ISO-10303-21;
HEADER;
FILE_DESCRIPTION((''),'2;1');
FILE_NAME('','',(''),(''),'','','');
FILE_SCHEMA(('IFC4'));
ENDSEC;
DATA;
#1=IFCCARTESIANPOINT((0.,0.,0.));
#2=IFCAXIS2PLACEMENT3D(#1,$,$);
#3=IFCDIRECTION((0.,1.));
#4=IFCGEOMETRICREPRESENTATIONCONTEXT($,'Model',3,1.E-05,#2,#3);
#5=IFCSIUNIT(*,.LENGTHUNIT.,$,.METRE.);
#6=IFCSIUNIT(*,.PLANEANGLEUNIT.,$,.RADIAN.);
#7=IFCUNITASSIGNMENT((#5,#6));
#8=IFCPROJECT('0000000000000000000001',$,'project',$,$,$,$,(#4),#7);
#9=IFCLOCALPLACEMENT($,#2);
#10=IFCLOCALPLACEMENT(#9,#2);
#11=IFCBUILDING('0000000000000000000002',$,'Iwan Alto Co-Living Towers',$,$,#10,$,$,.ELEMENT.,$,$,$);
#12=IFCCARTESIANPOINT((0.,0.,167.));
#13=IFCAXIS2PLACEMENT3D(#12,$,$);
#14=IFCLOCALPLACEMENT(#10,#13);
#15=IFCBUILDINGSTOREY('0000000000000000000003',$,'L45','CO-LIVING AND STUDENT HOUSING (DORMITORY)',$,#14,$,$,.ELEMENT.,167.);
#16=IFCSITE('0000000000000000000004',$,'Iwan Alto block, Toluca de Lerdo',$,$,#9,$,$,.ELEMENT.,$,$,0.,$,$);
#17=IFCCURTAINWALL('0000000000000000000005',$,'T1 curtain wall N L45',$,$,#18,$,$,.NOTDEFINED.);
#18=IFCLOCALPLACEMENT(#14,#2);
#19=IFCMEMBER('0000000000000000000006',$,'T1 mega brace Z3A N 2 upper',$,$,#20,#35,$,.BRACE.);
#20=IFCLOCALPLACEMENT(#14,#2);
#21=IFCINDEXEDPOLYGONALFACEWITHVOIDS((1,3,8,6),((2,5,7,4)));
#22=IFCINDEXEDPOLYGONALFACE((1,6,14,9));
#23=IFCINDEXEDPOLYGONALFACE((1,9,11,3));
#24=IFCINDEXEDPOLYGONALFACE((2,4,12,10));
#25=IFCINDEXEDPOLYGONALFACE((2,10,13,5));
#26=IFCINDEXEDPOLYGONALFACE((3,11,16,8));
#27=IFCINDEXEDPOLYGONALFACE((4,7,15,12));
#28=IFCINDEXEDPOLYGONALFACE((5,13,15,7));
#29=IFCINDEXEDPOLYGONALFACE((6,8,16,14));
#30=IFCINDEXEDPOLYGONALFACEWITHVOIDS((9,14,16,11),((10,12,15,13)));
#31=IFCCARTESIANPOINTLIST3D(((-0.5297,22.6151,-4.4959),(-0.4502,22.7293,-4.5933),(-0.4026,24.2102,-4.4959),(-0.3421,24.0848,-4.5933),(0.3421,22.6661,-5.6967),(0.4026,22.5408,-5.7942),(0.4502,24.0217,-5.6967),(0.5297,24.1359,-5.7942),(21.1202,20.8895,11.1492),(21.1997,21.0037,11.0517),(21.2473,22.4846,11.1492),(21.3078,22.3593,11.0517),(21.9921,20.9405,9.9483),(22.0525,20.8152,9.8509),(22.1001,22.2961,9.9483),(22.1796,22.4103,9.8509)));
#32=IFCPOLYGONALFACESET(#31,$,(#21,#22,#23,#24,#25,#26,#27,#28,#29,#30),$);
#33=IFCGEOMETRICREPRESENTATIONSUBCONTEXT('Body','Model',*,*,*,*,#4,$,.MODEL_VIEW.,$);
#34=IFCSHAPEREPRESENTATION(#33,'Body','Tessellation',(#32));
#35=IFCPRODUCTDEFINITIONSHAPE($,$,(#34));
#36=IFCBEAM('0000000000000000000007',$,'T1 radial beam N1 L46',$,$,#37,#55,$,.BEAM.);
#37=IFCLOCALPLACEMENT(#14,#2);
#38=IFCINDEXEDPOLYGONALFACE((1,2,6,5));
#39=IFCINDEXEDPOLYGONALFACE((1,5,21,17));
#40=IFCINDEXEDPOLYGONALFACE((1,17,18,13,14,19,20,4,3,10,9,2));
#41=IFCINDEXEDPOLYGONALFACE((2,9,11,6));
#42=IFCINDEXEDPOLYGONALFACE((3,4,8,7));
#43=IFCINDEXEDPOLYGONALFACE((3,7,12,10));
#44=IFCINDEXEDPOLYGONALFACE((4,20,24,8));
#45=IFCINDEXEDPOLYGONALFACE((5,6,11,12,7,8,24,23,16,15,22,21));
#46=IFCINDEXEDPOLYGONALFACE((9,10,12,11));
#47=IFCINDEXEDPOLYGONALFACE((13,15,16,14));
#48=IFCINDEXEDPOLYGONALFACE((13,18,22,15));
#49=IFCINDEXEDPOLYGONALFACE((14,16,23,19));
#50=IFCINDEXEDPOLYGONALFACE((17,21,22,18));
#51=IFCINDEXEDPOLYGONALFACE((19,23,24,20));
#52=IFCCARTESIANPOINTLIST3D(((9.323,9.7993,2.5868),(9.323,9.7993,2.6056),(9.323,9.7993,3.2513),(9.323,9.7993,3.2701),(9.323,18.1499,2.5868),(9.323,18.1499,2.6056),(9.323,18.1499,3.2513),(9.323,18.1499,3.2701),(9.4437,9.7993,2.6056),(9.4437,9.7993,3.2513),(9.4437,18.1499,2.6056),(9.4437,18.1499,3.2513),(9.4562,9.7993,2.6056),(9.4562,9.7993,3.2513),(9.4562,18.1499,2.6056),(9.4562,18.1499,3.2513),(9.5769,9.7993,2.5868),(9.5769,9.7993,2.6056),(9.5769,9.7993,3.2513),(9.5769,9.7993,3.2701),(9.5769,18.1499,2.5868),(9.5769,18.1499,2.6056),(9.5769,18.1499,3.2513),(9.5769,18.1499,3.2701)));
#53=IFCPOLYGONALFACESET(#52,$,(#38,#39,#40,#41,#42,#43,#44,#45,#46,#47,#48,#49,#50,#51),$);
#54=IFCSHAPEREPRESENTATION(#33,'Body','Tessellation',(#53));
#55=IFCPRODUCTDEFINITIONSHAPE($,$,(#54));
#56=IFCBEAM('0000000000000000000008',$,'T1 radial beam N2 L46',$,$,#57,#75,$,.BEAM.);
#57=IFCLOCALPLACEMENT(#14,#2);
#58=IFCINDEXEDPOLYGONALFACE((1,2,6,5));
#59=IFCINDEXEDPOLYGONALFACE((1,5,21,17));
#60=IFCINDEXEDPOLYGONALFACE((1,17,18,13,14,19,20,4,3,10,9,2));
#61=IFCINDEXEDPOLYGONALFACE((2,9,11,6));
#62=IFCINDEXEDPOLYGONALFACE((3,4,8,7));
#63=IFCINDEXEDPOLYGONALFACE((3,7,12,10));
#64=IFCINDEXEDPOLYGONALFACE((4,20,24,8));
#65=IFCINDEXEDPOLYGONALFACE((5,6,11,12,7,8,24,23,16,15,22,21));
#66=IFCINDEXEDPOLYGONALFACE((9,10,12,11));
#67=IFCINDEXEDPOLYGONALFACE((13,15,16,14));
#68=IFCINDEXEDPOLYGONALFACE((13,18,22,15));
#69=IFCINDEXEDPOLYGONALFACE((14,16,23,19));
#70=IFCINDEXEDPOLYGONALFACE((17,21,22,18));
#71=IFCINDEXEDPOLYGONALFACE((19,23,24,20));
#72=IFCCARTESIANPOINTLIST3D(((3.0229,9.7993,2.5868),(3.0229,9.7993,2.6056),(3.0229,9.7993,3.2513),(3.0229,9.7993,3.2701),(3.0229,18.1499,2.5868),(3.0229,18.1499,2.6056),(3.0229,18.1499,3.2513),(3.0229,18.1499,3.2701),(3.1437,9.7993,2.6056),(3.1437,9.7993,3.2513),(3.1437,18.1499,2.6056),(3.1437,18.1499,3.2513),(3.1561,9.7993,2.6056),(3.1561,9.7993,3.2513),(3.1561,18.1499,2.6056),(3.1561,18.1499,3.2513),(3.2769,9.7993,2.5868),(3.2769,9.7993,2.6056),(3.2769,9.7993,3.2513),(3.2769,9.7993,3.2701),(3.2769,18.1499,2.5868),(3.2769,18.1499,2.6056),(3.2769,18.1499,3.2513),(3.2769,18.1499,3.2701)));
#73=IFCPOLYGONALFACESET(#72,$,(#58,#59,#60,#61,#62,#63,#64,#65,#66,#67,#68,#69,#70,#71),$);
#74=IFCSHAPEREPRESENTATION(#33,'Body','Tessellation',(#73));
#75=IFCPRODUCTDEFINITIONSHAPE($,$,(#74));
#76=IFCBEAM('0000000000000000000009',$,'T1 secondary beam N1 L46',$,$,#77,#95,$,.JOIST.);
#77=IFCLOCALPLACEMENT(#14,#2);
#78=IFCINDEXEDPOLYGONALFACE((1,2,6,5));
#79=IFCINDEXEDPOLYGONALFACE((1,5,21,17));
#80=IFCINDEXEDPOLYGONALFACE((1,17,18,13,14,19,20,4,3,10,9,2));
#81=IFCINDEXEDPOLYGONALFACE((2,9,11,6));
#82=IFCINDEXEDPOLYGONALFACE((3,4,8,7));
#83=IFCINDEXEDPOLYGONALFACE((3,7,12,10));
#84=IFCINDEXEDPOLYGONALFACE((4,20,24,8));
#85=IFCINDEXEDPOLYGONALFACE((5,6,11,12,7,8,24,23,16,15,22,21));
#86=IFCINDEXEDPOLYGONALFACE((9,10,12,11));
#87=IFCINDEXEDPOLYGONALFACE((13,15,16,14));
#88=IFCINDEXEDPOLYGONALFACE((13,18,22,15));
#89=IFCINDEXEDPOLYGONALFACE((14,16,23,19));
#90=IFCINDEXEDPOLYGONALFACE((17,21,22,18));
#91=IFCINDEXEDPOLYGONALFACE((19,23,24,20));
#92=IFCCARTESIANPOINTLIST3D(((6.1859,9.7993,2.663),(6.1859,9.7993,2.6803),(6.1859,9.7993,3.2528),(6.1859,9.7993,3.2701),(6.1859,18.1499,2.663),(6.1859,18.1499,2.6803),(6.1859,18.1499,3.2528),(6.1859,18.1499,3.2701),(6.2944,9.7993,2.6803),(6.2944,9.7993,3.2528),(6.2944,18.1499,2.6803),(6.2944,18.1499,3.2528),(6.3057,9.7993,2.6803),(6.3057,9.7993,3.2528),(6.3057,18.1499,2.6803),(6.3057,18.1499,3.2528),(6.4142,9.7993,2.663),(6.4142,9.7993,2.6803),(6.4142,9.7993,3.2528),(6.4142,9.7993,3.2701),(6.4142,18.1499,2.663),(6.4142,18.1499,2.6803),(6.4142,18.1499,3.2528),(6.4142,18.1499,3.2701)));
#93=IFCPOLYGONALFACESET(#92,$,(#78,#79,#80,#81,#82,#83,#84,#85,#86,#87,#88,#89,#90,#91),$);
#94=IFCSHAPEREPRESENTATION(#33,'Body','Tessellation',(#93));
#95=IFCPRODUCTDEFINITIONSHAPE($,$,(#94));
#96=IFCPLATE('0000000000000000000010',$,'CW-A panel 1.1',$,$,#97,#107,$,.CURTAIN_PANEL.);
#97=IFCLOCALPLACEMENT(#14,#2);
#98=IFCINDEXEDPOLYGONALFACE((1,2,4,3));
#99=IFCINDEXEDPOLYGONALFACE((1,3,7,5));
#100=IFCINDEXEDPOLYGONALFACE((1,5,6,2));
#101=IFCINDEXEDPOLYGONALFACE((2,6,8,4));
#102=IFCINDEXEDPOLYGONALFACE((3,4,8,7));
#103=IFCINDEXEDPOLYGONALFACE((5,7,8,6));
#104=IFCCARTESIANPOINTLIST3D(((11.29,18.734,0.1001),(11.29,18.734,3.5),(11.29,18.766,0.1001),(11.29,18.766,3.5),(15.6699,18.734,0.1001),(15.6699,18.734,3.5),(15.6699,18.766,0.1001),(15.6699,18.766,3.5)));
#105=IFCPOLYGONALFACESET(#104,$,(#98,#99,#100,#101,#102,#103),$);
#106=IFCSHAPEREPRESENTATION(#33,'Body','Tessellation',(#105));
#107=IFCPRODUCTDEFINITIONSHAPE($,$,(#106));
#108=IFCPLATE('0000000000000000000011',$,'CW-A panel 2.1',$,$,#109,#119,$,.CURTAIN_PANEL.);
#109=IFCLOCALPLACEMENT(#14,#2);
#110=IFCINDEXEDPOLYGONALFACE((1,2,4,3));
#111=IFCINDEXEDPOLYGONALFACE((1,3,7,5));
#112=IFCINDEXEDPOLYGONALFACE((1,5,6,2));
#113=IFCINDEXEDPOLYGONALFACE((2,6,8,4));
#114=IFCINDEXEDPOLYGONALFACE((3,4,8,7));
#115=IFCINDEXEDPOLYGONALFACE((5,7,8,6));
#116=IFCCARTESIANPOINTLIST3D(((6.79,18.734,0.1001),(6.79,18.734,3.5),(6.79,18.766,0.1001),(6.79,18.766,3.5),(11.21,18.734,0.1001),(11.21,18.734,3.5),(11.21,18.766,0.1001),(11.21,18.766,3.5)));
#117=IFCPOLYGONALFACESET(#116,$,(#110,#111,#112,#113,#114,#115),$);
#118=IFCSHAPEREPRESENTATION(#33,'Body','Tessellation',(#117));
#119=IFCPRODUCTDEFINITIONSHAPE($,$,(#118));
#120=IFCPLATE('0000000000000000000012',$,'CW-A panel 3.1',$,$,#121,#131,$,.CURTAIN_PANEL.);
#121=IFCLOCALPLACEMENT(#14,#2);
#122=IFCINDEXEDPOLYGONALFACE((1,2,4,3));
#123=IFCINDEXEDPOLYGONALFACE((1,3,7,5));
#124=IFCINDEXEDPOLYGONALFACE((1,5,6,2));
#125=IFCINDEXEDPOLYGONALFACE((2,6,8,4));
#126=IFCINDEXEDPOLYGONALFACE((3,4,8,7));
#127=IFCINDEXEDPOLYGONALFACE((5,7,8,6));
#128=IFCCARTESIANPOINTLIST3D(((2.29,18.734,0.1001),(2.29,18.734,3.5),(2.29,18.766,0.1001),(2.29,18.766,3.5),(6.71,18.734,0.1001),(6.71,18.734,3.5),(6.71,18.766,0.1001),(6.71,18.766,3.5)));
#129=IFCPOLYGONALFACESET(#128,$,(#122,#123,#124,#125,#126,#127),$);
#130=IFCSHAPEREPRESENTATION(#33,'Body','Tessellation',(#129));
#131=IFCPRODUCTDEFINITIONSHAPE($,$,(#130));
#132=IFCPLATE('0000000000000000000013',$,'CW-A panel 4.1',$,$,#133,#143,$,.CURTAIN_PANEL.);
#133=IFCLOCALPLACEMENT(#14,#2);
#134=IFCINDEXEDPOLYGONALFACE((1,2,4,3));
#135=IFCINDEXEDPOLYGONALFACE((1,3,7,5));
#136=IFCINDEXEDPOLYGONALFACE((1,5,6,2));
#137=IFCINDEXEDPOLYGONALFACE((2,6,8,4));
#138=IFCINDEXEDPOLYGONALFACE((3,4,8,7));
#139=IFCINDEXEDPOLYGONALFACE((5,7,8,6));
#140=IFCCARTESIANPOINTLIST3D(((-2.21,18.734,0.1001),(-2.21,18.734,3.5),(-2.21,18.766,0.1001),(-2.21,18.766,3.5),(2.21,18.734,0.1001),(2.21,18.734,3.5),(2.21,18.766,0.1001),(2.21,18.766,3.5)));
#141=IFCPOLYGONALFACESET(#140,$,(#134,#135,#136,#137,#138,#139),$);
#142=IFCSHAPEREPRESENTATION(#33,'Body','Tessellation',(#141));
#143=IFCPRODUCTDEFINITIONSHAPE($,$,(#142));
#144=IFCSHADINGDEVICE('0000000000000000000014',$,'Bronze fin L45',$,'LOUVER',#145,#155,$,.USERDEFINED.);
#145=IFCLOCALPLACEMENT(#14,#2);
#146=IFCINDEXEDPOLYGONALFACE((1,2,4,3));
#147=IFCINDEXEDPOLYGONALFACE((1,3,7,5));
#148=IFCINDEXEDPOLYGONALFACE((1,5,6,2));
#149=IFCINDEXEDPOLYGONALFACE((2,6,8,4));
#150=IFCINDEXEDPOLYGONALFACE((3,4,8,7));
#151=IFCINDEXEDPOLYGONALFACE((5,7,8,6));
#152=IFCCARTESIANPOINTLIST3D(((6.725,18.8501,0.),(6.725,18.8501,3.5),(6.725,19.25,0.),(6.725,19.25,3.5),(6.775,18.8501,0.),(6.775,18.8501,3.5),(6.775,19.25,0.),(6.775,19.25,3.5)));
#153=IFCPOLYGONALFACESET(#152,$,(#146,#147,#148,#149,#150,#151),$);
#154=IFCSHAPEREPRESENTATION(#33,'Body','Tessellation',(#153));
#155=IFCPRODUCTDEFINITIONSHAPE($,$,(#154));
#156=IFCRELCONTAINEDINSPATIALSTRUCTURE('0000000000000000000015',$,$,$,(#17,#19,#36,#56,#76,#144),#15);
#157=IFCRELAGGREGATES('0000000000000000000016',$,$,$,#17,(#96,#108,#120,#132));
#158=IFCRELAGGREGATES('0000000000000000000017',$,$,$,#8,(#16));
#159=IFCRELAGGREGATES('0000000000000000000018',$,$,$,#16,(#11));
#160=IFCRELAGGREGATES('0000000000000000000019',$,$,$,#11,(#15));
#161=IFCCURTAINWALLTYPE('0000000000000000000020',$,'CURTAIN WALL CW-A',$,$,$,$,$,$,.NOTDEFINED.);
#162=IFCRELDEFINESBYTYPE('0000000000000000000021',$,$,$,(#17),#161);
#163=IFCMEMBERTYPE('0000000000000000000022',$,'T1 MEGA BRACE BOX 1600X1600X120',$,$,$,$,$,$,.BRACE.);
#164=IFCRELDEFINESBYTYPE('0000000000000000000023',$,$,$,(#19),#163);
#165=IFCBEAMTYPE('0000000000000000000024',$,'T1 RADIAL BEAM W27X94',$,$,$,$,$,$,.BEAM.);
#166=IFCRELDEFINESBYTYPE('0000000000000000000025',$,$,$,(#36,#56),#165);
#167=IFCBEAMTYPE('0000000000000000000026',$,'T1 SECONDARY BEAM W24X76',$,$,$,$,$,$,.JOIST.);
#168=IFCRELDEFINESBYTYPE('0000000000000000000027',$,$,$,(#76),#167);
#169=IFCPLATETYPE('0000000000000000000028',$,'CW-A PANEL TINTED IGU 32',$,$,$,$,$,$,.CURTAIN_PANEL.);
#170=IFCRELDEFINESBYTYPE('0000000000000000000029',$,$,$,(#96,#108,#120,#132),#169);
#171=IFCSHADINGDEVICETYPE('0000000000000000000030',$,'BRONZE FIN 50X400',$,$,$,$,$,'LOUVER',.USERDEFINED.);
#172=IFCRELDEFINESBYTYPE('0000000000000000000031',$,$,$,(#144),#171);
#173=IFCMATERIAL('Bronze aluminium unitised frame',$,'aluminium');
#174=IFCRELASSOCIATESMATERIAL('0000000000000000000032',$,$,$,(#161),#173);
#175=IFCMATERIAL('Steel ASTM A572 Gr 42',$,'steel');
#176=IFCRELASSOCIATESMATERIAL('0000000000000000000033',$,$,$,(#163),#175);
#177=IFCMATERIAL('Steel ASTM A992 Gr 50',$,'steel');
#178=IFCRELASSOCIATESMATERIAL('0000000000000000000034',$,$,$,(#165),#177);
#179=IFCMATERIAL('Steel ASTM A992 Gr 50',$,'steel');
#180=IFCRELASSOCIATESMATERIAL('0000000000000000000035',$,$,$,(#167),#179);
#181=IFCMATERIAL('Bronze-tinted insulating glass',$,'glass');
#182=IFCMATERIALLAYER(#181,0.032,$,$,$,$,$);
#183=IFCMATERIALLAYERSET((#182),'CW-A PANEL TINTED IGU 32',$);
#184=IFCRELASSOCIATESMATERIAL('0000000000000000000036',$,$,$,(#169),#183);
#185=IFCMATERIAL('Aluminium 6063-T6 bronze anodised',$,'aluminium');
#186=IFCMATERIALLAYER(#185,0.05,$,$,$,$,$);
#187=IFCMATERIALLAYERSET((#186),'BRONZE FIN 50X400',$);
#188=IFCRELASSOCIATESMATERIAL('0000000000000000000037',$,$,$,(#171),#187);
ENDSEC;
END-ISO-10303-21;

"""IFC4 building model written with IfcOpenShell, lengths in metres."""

from ifc_helpers import new_model, si_unit, direction, frame, origin, origin_2d, place, context, subcontext, project, spatial, rectangle, hollow_rectangle, i_section, extrude, material, layer, layer_set, material_profile, profile_set, type_object, element, aggregate, save


model = new_model("IFC4")

# Units and contexts
model_context = context("Model", 3, precision=1e-05, world=origin(), true_north=direction((0.0, 1.0)))
body_context = subcontext(model_context, "Body", "Model", "MODEL_VIEW")
ifc_project = project(units=[si_unit("LENGTHUNIT", "METRE"), si_unit("PLANEANGLEUNIT", "RADIAN")], contexts=[model_context])

# Site, building, storey
site_placement = place(None, origin())
site = spatial("IfcSite", under=ifc_project, at=site_placement, Name="Iwan Alto block, Toluca de Lerdo", CompositionType="ELEMENT", RefElevation=0.0)
building_placement = place(site_placement, origin())
building = spatial("IfcBuilding", under=site, at=building_placement, Name="Iwan Alto Co-Living Towers", CompositionType="ELEMENT")
storey_placement = place(building_placement, frame((0.0, 0.0, 167.0)))
storey = spatial("IfcBuildingStorey", under=building, at=storey_placement, Name="L45", Description="CO-LIVING AND STUDENT HOUSING (DORMITORY)", CompositionType="ELEMENT", Elevation=167.0)

# Curtain wall
ifc_material_1 = material(Name="Bronze aluminium unitised frame", Category="aluminium")
curtain_wall_type = type_object("IfcCurtainWallType", Name="CURTAIN WALL CW-A", PredefinedType="NOTDEFINED", material=ifc_material_1)
curtain_wall_placement = place(storey_placement, origin())
curtain_wall = element("IfcCurtainWall", 1, at=curtain_wall_placement, inside=storey, type_object=curtain_wall_type, Name="T1 curtain wall N L45", PredefinedType="NOTDEFINED")

# Member
ifc_material_2 = material(Name="Steel ASTM A572 Gr 42", Category="steel")
ifc_material_profile_1 = material_profile(ifc_material_2, hollow_rectangle(XDim=1.6001, YDim=1.6001, WallThickness=0.1201, at=origin_2d()), Name="BOX 1600X1600X120")
ifc_profile_set_1 = profile_set([ifc_material_profile_1], Name="Steel ASTM A572 Gr 42")
member_type_1 = type_object("IfcMemberType", Name="T1 MEGA BRACE BOX 1600X1600X120", PredefinedType="BRACE", material=ifc_profile_set_1)
for number, where, z_axis, x_axis, name in (
    (2, (0.0, 23.3755, -5.145), (0.808834, -0.064467, 0.584493), (0.079452, 0.996839, 0.0), "T1 mega brace Z3A N 2 upper"),
):
    element("IfcMember", number, at=place(storey_placement, frame(where, z_axis=z_axis, x_axis=x_axis)), inside=storey, type_object=member_type_1, Name=name, PredefinedType="BRACE", context=body_context, shape_type="SweptSolid", body=[
        extrude(hollow_rectangle(XDim=1.6001, YDim=1.6001, WallThickness=0.1201, at=origin_2d()), origin(), (0.0, 0.0, 1.0), 26.7668),
    ])

# Beams
ifc_material_3 = material(Name="Steel ASTM A992 Gr 50", Category="steel")
ifc_material_profile_2 = material_profile(ifc_material_3, i_section(OverallWidth=0.2539, OverallDepth=0.6833, WebThickness=0.0125, FlangeThickness=0.0188, at=origin_2d()), Name="W27X94")
ifc_profile_set_2 = profile_set([ifc_material_profile_2], Name="Steel ASTM A992 Gr 50")
beam_type_1 = type_object("IfcBeamType", Name="T1 RADIAL BEAM W27X94", PredefinedType="BEAM", material=ifc_profile_set_2)
for number, where, z_axis, x_axis, name in (
    (3, (9.45, 18.1499, 2.9285), (0.0, -1.0, 0.0), (1.0, 0.0, 0.0), "T1 radial beam N1 L46"),
    (4, (3.1499, 18.1499, 2.9285), (0.0, -1.0, 0.0), (1.0, 0.0, 0.0), "T1 radial beam N2 L46"),
):
    element("IfcBeam", number, at=place(storey_placement, frame(where, z_axis=z_axis, x_axis=x_axis)), inside=storey, type_object=beam_type_1, Name=name, PredefinedType="BEAM", context=body_context, shape_type="SweptSolid", body=[
        extrude(i_section(OverallWidth=0.2539, OverallDepth=0.6833, WebThickness=0.0125, FlangeThickness=0.0188, at=origin_2d()), origin(), (0.0, 0.0, 1.0), 8.3506),
    ])
ifc_material_4 = material(Name="Steel ASTM A992 Gr 50", Category="steel")
ifc_material_profile_3 = material_profile(ifc_material_4, i_section(OverallWidth=0.2283, OverallDepth=0.6072, WebThickness=0.0112, FlangeThickness=0.0173, at=origin_2d()), Name="W24X76")
ifc_profile_set_3 = profile_set([ifc_material_profile_3], Name="Steel ASTM A992 Gr 50")
beam_type_2 = type_object("IfcBeamType", Name="T1 SECONDARY BEAM W24X76", PredefinedType="JOIST", material=ifc_profile_set_3)
beam_1_placement = place(storey_placement, frame((6.3, 18.1499, 2.9666), z_axis=(0.0, -1.0, 0.0), x_axis=(1.0, 0.0, 0.0)))
element("IfcBeam", 5, at=beam_1_placement, inside=storey, type_object=beam_type_2, Name="T1 secondary beam N1 L46", PredefinedType="JOIST", context=body_context, shape_type="SweptSolid", body=[
    extrude(i_section(OverallWidth=0.2283, OverallDepth=0.6072, WebThickness=0.0112, FlangeThickness=0.0173, at=origin_2d()), origin(), (0.0, 0.0, 1.0), 8.3506),
])

# Plates
ifc_material_5 = material(Name="Bronze-tinted insulating glass", Category="glass")
ifc_layer_1 = layer(ifc_material_5, 0.032)
ifc_layer_set_1 = layer_set([ifc_layer_1], Name="CW-A PANEL TINTED IGU 32")
plate_type = type_object("IfcPlateType", Name="CW-A PANEL TINTED IGU 32", PredefinedType="CURTAIN_PANEL", material=ifc_layer_set_1)
plate_1_placement = place(storey_placement, frame((13.48, 18.75, 0.1001), z_axis=(0.0, 0.0, 1.0), x_axis=(-1.0, 0.0, 0.0)))
plate_1 = element("IfcPlate", 6, at=plate_1_placement, type_object=plate_type, Name="CW-A panel 1.1", PredefinedType="CURTAIN_PANEL", context=body_context, shape_type="SweptSolid", body=[
    extrude(rectangle(XDim=4.3799, YDim=0.032, at=origin_2d()), origin(), (0.0, 0.0, 1.0), 3.3999),
])
plate_2_placement = place(storey_placement, frame((9.0, 18.75, 0.1001), z_axis=(0.0, 0.0, 1.0), x_axis=(-1.0, 0.0, 0.0)))
plate_2 = element("IfcPlate", 7, at=plate_2_placement, type_object=plate_type, Name="CW-A panel 2.1", PredefinedType="CURTAIN_PANEL", context=body_context, shape_type="SweptSolid", body=[
    extrude(rectangle(XDim=4.4199, YDim=0.032, at=origin_2d()), origin(), (0.0, 0.0, 1.0), 3.3999),
])
plate_3_placement = place(storey_placement, frame((4.5, 18.75, 0.1001), z_axis=(0.0, 0.0, 1.0), x_axis=(-1.0, 0.0, 0.0)))
plate_3 = element("IfcPlate", 8, at=plate_3_placement, type_object=plate_type, Name="CW-A panel 3.1", PredefinedType="CURTAIN_PANEL", context=body_context, shape_type="SweptSolid", body=[
    extrude(rectangle(XDim=4.4199, YDim=0.032, at=origin_2d()), origin(), (0.0, 0.0, 1.0), 3.3999),
])
plate_4_placement = place(storey_placement, frame((0.0, 18.75, 0.1001), z_axis=(0.0, 0.0, 1.0), x_axis=(-1.0, 0.0, 0.0)))
plate_4 = element("IfcPlate", 9, at=plate_4_placement, type_object=plate_type, Name="CW-A panel 4.1", PredefinedType="CURTAIN_PANEL", context=body_context, shape_type="SweptSolid", body=[
    extrude(rectangle(XDim=4.4199, YDim=0.032, at=origin_2d()), origin(), (0.0, 0.0, 1.0), 3.3999),
])
aggregate(curtain_wall, [plate_1, plate_2, plate_3, plate_4])

# Shading device
ifc_material_6 = material(Name="Aluminium 6063-T6 bronze anodised", Category="aluminium")
ifc_layer_2 = layer(ifc_material_6, 0.05)
ifc_layer_set_2 = layer_set([ifc_layer_2], Name="BRONZE FIN 50X400")
shading_device_type = type_object("IfcShadingDeviceType", Name="BRONZE FIN 50X400", ElementType="LOUVER", PredefinedType="USERDEFINED", material=ifc_layer_set_2)
shading_device_placement = place(storey_placement, frame((6.75, 19.05, 0.0), z_axis=(0.0, 0.0, 1.0), x_axis=(-1.0, 0.0, 0.0)))
element("IfcShadingDevice", 10, at=shading_device_placement, inside=storey, type_object=shading_device_type, Name="Bronze fin L45", ObjectType="LOUVER", PredefinedType="USERDEFINED", context=body_context, shape_type="SweptSolid", body=[
    extrude(rectangle(XDim=0.05, YDim=0.3999, at=origin_2d()), origin(), (0.0, 0.0, 1.0), 3.5),
])

save(model, "model.ifc")
